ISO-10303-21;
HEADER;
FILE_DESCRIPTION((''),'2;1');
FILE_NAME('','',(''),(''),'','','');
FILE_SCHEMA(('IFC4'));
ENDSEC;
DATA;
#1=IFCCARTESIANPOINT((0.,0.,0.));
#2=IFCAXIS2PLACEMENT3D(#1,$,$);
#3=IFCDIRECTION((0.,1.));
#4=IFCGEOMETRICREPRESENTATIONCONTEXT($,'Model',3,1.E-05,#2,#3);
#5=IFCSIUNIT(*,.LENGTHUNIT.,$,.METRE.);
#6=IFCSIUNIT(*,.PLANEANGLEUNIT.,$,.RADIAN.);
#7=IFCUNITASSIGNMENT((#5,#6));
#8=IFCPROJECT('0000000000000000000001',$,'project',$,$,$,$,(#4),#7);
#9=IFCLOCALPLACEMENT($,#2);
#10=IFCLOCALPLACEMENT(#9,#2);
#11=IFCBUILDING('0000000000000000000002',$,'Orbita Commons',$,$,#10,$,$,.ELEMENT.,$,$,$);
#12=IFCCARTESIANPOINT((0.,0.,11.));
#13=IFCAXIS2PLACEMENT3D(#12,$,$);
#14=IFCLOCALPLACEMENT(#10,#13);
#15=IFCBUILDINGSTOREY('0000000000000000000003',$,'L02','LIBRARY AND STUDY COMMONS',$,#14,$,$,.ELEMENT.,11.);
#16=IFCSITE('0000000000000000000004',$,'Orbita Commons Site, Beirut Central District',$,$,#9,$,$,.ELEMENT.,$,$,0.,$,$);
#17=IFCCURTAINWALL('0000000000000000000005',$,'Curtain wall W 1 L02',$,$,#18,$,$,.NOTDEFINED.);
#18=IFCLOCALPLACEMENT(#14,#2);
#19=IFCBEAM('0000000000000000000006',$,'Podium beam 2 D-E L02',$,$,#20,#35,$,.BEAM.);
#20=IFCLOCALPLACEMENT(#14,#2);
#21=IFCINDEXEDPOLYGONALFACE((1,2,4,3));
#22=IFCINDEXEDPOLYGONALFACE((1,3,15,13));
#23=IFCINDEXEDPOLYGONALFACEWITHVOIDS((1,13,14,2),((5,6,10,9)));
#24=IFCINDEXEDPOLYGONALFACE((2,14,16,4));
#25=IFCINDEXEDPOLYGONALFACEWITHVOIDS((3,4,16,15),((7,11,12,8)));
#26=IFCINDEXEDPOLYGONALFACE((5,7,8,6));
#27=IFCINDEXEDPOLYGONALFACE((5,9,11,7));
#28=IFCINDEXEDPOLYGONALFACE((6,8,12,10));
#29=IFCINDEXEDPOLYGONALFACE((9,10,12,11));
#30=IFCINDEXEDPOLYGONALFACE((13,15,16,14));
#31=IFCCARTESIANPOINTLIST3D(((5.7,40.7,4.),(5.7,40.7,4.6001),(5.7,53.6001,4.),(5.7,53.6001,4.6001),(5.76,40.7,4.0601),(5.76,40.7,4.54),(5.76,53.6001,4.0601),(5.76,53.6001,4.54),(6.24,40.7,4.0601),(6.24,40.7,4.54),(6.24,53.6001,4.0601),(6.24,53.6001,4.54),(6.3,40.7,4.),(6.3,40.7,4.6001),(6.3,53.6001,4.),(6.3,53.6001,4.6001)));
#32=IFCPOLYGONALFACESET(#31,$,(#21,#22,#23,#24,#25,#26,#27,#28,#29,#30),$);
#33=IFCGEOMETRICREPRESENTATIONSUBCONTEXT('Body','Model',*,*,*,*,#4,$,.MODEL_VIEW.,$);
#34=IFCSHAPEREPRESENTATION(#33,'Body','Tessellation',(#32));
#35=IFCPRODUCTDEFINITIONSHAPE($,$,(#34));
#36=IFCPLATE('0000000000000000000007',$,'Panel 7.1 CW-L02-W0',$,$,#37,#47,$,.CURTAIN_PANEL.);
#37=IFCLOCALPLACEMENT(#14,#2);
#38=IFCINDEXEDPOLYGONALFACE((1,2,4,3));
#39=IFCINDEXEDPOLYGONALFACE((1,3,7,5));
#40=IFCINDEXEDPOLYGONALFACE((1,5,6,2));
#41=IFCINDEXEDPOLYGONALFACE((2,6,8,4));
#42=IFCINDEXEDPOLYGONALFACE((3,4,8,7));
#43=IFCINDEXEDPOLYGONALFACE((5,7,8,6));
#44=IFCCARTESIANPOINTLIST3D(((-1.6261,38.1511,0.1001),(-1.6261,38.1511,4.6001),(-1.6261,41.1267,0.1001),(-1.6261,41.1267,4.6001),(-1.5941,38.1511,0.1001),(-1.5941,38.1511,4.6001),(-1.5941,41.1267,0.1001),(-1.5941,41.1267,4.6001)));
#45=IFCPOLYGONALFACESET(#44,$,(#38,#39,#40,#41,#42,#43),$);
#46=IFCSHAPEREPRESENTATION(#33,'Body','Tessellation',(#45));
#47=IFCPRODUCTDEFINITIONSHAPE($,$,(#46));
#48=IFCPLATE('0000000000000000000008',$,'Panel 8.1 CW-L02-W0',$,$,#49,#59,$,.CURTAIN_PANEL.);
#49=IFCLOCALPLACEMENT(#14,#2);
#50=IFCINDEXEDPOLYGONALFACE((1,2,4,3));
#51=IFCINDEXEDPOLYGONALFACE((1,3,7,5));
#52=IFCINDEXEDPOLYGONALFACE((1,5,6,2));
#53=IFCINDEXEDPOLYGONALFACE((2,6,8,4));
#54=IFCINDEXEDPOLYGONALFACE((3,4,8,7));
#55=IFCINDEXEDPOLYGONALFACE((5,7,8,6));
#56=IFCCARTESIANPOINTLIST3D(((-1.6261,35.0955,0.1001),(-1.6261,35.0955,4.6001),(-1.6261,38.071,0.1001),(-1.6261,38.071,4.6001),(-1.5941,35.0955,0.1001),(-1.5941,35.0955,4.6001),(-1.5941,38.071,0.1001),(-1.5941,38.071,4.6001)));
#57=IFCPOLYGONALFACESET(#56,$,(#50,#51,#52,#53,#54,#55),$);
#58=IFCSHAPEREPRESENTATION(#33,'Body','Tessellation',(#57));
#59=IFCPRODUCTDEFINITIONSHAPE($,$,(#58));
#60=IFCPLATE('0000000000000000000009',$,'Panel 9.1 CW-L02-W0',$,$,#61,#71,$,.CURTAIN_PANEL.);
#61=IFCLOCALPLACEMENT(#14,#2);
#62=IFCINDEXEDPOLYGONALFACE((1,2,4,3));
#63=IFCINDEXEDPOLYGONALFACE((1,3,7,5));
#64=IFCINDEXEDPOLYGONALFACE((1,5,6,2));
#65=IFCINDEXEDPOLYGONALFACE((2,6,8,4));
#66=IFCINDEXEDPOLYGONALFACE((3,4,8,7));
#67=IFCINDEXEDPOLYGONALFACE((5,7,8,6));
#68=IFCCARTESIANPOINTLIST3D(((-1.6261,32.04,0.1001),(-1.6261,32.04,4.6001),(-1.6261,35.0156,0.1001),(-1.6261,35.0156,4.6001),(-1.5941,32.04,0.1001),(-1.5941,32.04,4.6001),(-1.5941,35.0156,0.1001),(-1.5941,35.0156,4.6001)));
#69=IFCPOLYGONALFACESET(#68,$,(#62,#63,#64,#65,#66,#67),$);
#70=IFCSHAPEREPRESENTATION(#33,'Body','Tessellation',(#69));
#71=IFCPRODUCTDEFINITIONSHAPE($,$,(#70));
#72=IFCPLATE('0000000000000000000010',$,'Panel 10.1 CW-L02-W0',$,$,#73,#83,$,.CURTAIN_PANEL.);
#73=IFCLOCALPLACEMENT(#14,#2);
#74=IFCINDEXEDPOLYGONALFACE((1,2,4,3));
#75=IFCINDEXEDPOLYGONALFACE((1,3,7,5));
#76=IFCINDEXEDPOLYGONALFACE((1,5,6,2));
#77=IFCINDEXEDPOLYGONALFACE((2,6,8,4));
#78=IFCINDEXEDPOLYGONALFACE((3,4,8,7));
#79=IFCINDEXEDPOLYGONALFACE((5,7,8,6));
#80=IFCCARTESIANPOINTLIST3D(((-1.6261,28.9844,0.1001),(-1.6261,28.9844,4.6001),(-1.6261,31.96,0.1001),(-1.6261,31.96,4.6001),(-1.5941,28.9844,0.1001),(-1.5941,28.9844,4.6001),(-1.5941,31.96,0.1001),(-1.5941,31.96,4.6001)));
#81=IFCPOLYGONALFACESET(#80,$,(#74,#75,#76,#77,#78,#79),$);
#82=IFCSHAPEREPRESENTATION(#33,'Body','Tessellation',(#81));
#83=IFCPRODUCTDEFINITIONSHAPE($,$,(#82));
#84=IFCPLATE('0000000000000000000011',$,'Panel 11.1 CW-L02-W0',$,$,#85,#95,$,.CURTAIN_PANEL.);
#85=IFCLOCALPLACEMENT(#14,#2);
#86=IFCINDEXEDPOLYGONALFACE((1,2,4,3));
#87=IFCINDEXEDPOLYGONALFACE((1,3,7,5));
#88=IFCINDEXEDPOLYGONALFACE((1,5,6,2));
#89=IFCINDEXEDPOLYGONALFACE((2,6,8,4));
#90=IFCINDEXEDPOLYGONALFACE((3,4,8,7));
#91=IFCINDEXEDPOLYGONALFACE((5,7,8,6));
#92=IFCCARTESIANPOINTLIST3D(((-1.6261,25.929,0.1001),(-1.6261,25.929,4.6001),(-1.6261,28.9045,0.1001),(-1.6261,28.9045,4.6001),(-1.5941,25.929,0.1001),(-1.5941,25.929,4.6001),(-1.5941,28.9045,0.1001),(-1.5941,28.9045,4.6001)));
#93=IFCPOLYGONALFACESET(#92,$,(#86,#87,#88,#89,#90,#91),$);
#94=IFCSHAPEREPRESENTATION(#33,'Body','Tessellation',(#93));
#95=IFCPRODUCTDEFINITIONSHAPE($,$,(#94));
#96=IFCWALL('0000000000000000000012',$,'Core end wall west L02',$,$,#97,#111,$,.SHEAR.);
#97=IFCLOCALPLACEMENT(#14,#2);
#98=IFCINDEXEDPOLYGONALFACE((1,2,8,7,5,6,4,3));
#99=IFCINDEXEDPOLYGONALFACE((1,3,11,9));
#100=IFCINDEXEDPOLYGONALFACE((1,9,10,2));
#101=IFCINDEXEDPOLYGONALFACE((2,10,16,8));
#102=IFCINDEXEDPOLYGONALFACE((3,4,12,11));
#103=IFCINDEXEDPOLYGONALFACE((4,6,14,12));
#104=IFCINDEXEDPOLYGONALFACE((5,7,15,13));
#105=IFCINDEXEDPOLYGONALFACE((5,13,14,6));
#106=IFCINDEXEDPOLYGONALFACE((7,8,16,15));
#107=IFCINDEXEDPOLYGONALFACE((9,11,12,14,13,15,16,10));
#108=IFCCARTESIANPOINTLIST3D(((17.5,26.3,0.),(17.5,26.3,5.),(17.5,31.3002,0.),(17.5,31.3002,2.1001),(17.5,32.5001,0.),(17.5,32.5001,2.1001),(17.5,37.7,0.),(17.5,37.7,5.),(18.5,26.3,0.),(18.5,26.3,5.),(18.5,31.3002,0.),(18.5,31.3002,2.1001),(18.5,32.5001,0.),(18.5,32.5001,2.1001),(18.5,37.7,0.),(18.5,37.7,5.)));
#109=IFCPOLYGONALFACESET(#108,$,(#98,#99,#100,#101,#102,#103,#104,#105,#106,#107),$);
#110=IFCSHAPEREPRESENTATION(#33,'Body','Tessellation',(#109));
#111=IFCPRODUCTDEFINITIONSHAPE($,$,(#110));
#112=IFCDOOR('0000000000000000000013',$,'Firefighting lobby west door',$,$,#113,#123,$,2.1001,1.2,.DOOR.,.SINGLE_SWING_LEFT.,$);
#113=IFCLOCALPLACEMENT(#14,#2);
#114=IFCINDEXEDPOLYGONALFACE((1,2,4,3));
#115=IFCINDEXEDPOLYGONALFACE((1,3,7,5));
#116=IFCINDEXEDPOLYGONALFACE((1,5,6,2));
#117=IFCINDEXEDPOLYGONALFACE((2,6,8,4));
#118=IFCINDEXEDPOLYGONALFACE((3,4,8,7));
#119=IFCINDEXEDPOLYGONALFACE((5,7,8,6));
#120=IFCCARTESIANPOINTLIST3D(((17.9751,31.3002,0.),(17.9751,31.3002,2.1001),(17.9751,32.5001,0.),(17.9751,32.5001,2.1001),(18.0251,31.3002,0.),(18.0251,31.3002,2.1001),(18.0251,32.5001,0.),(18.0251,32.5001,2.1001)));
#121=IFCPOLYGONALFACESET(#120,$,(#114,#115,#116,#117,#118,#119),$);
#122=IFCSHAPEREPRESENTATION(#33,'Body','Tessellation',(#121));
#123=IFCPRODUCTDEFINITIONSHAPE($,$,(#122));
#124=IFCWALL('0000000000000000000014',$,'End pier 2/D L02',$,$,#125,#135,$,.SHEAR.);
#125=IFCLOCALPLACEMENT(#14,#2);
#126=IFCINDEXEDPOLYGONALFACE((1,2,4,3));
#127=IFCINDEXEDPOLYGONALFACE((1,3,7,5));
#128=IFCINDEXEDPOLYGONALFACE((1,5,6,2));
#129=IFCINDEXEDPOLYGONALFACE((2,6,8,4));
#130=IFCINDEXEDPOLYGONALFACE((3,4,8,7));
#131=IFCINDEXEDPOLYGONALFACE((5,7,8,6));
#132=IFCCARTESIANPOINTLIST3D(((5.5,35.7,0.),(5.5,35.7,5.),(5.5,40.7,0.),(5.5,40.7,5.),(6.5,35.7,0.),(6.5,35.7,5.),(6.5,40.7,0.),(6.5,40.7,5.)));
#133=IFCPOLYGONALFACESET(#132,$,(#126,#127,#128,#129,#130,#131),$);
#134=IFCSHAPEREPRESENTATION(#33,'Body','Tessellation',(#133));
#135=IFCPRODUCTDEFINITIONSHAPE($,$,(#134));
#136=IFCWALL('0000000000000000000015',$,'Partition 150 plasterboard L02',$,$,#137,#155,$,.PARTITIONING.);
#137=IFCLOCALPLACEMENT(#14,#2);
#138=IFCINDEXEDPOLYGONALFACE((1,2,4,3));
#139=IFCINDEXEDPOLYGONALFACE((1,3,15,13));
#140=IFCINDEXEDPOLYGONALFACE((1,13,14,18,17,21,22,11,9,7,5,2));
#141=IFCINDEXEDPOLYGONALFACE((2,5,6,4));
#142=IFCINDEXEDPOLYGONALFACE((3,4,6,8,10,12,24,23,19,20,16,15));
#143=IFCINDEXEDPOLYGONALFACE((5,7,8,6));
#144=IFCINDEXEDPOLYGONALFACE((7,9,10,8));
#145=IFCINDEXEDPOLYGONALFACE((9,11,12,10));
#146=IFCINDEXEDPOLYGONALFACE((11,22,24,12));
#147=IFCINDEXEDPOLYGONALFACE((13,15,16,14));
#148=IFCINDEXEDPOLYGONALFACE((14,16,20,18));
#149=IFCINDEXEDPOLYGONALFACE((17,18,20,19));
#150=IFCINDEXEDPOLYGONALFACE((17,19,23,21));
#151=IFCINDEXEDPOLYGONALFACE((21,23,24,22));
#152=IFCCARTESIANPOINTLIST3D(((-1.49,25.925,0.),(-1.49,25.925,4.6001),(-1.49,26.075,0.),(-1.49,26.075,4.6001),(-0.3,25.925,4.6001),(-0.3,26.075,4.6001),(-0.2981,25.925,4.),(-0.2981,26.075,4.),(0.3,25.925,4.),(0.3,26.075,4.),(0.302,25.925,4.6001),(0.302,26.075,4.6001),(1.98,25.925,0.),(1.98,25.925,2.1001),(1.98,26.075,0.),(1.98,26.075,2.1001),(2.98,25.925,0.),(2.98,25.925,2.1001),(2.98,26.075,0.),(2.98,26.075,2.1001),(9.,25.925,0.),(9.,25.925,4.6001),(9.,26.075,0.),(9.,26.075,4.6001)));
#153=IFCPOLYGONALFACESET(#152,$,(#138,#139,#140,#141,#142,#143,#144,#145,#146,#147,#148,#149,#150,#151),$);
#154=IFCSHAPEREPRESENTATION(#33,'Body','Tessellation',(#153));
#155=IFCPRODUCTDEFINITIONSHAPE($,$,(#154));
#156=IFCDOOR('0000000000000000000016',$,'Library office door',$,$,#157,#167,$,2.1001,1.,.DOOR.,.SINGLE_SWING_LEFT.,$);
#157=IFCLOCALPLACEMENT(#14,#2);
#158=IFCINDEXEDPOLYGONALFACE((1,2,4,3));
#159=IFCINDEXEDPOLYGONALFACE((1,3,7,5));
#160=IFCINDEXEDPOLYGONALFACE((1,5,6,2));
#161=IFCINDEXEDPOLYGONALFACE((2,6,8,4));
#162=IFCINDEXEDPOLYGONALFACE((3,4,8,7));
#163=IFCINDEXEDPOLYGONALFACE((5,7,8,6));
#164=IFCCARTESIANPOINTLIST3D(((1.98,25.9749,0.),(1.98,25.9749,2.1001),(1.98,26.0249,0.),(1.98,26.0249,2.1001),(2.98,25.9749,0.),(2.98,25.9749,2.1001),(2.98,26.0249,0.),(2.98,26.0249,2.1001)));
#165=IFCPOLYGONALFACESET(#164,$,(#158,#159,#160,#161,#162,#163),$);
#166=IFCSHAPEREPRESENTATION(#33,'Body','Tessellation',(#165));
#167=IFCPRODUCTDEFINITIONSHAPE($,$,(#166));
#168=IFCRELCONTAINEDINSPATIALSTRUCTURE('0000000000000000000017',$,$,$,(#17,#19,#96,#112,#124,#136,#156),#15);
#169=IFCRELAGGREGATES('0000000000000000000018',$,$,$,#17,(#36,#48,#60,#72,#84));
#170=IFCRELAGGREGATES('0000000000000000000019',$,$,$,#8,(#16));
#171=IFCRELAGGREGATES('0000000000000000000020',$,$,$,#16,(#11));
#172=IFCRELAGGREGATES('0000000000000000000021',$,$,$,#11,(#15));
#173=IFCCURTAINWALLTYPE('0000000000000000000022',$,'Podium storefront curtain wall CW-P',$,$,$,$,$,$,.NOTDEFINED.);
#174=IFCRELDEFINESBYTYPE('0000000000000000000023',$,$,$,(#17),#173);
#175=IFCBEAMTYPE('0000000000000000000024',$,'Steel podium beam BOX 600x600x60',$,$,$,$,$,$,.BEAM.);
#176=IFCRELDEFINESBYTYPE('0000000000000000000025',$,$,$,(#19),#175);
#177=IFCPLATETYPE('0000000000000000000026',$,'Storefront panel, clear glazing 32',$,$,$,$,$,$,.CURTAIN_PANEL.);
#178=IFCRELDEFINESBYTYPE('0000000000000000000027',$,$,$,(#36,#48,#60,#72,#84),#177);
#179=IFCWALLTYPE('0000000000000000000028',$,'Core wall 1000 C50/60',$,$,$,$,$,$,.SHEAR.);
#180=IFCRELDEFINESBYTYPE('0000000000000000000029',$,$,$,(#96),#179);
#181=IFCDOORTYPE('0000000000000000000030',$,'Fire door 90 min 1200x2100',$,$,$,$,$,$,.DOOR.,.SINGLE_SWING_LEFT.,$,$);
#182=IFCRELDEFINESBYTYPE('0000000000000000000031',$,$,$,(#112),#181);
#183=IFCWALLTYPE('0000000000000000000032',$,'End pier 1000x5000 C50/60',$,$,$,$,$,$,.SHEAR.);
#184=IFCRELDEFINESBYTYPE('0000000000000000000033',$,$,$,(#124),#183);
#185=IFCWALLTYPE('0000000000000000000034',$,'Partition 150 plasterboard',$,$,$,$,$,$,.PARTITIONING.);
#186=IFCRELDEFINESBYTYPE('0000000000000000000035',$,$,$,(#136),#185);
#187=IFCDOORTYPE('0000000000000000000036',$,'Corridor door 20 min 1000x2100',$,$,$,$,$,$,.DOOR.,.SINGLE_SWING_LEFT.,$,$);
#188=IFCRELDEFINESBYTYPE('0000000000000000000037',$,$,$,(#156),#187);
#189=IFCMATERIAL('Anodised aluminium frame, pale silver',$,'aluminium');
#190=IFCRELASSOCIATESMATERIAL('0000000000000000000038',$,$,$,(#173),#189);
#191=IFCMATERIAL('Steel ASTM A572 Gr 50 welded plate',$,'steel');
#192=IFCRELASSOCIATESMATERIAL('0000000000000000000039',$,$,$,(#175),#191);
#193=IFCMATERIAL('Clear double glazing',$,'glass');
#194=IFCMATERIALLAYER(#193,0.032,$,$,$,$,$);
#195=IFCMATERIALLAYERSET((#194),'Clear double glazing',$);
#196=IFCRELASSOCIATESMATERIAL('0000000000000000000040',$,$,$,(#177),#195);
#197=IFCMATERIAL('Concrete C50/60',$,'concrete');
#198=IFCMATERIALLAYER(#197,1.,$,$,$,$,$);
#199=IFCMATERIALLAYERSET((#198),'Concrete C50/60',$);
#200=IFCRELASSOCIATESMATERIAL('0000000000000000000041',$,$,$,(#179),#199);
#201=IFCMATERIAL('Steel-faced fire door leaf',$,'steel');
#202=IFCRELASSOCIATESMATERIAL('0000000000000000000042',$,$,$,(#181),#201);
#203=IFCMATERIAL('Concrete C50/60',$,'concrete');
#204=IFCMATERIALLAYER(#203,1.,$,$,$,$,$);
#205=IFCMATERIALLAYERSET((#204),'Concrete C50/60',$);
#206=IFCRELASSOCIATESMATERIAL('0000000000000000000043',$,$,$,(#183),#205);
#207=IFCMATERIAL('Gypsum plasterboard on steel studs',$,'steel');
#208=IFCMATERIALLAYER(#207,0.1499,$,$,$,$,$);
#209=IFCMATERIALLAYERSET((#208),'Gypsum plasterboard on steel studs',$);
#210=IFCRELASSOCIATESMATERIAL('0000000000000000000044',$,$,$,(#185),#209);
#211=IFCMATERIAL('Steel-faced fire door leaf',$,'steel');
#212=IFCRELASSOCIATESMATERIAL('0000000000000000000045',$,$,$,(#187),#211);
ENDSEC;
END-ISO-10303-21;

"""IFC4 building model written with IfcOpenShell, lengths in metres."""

from ifc_helpers import new_model, si_unit, direction, frame, frame_2d, origin, origin_2d, place, context, subcontext, project, spatial, polyline, rectangle, hollow_rectangle, outline, extrude, material, layer, layer_set, material_profile, profile_set, type_object, element, fill, aggregate, save


model = new_model("IFC4")

# Units and contexts
model_context = context("Model", 3, precision=1e-05, world=origin(), true_north=direction((0.0, 1.0)))
body_context = subcontext(model_context, "Body", "Model", "MODEL_VIEW")
ifc_project = project(units=[si_unit("LENGTHUNIT", "METRE"), si_unit("PLANEANGLEUNIT", "RADIAN")], contexts=[model_context])

# Site, building, storey
site_placement = place(None, origin())
site = spatial("IfcSite", under=ifc_project, at=site_placement, Name="Orbita Commons Site, Beirut Central District", CompositionType="ELEMENT", RefElevation=0.0)
building_placement = place(site_placement, origin())
building = spatial("IfcBuilding", under=site, at=building_placement, Name="Orbita Commons", CompositionType="ELEMENT")
storey_placement = place(building_placement, frame((0.0, 0.0, 11.0)))
storey = spatial("IfcBuildingStorey", under=building, at=storey_placement, Name="L02", Description="LIBRARY AND STUDY COMMONS", CompositionType="ELEMENT", Elevation=11.0)

# Curtain wall
ifc_material_1 = material(Name="Anodised aluminium frame, pale silver", Category="aluminium")
curtain_wall_type = type_object("IfcCurtainWallType", Name="Podium storefront curtain wall CW-P", PredefinedType="NOTDEFINED", material=ifc_material_1)
curtain_wall_placement = place(storey_placement, origin())
curtain_wall = element("IfcCurtainWall", 1, at=curtain_wall_placement, inside=storey, type_object=curtain_wall_type, Name="Curtain wall W 1 L02", PredefinedType="NOTDEFINED")

# Beam
ifc_material_2 = material(Name="Steel ASTM A572 Gr 50 welded plate", Category="steel")
ifc_material_profile_1 = material_profile(ifc_material_2, hollow_rectangle(XDim=0.6001, YDim=0.6001, WallThickness=0.0601, at=origin_2d()), Name="BOX 600x600x60")
ifc_profile_set_1 = profile_set([ifc_material_profile_1], Name="Steel ASTM A572 Gr 50 welded plate")
beam_type = type_object("IfcBeamType", Name="Steel podium beam BOX 600x600x60", PredefinedType="BEAM", material=ifc_profile_set_1)
beam_1_placement = place(storey_placement, frame((6.0, 40.7, 4.3), z_axis=(0.0, 1.0, 0.0), x_axis=(-1.0, 0.0, 0.0)))
element("IfcBeam", 2, at=beam_1_placement, inside=storey, type_object=beam_type, Name="Podium beam 2 D-E L02", PredefinedType="BEAM", context=body_context, shape_type="SweptSolid", body=[
    extrude(hollow_rectangle(XDim=0.6001, YDim=0.6001, WallThickness=0.0601, at=origin_2d()), origin(), (0.0, 0.0, 1.0), 12.9001),
])

# Plates
ifc_material_3 = material(Name="Clear double glazing", Category="glass")
ifc_layer_1 = layer(ifc_material_3, 0.032)
ifc_layer_set_1 = layer_set([ifc_layer_1], Name="Clear double glazing")
plate_type = type_object("IfcPlateType", Name="Storefront panel, clear glazing 32", PredefinedType="CURTAIN_PANEL", material=ifc_layer_set_1)
plate_1_placement = place(storey_placement, frame((-1.6101, 39.6389, 0.1001), z_axis=(0.0, 0.0, 1.0), x_axis=(0.0, -1.0, 0.0)))
plate_1 = element("IfcPlate", 3, at=plate_1_placement, type_object=plate_type, Name="Panel 7.1 CW-L02-W0", PredefinedType="CURTAIN_PANEL", context=body_context, shape_type="SweptSolid", body=[
    extrude(rectangle(XDim=2.9756, YDim=0.032, at=origin_2d()), origin(), (0.0, 0.0, 1.0), 4.5),
])
plate_2_placement = place(storey_placement, frame((-1.6101, 36.5833, 0.1001), z_axis=(0.0, 0.0, 1.0), x_axis=(0.0, -1.0, 0.0)))
plate_2 = element("IfcPlate", 4, at=plate_2_placement, type_object=plate_type, Name="Panel 8.1 CW-L02-W0", PredefinedType="CURTAIN_PANEL", context=body_context, shape_type="SweptSolid", body=[
    extrude(rectangle(XDim=2.9756, YDim=0.032, at=origin_2d()), origin(), (0.0, 0.0, 1.0), 4.5),
])
plate_3_placement = place(storey_placement, frame((-1.6101, 33.5278, 0.1001), z_axis=(0.0, 0.0, 1.0), x_axis=(0.0, -1.0, 0.0)))
plate_3 = element("IfcPlate", 5, at=plate_3_placement, type_object=plate_type, Name="Panel 9.1 CW-L02-W0", PredefinedType="CURTAIN_PANEL", context=body_context, shape_type="SweptSolid", body=[
    extrude(rectangle(XDim=2.9756, YDim=0.032, at=origin_2d()), origin(), (0.0, 0.0, 1.0), 4.5),
])
plate_4_placement = place(storey_placement, frame((-1.6101, 30.4722, 0.1001), z_axis=(0.0, 0.0, 1.0), x_axis=(0.0, -1.0, 0.0)))
plate_4 = element("IfcPlate", 6, at=plate_4_placement, type_object=plate_type, Name="Panel 10.1 CW-L02-W0", PredefinedType="CURTAIN_PANEL", context=body_context, shape_type="SweptSolid", body=[
    extrude(rectangle(XDim=2.9756, YDim=0.032, at=origin_2d()), origin(), (0.0, 0.0, 1.0), 4.5),
])
plate_5_placement = place(storey_placement, frame((-1.6101, 27.4167, 0.1001), z_axis=(0.0, 0.0, 1.0), x_axis=(0.0, -1.0, 0.0)))
plate_5 = element("IfcPlate", 7, at=plate_5_placement, type_object=plate_type, Name="Panel 11.1 CW-L02-W0", PredefinedType="CURTAIN_PANEL", context=body_context, shape_type="SweptSolid", body=[
    extrude(rectangle(XDim=2.9756, YDim=0.032, at=origin_2d()), origin(), (0.0, 0.0, 1.0), 4.5),
])
aggregate(curtain_wall, [plate_1, plate_2, plate_3, plate_4, plate_5])

# Wall, opening, door
ifc_material_4 = material(Name="Concrete C50/60", Category="concrete")
ifc_layer_2 = layer(ifc_material_4, 1.0)
ifc_layer_set_2 = layer_set([ifc_layer_2], Name="Concrete C50/60")
wall_type_1 = type_object("IfcWallType", Name="Core wall 1000 C50/60", PredefinedType="SHEAR", material=ifc_layer_set_2)
wall_1_placement = place(storey_placement, frame((18.0, 26.3, 0.0), z_axis=(0.0, 0.0, 1.0), x_axis=(0.0, 1.0, 0.0)))
wall_1 = element("IfcWall", 8, at=wall_1_placement, inside=storey, type_object=wall_type_1, Name="Core end wall west L02", PredefinedType="SHEAR", context=body_context, shape_type="SweptSolid", body=[
    extrude(rectangle(XDim=11.3999, YDim=1.0, at=frame_2d((5.7, 0.0))), origin(), (0.0, 0.0, 1.0), 5.0),
])
opening_1_placement = place(wall_1_placement, frame((5.0, 0.0, 0.0)))
opening_1 = element("IfcOpeningElement", 9, at=opening_1_placement, cuts=wall_1, PredefinedType="OPENING", context=body_context, shape_type="SweptSolid", body=[
    extrude(rectangle(XDim=1.2, YDim=2.1001, at=frame_2d((0.6001, 1.05))), frame((0.0, 0.51, 0.0), z_axis=(0.0, -1.0, 0.0), x_axis=(1.0, 0.0, 0.0)), (0.0, 0.0, 1.0), 1.02),
])
ifc_material_5 = material(Name="Steel-faced fire door leaf", Category="steel")
door_type_1 = type_object("IfcDoorType", Name="Fire door 90 min 1200x2100", OperationType="SINGLE_SWING_LEFT", PredefinedType="DOOR", material=ifc_material_5)
door_1_placement = place(opening_1_placement, origin())
door_1 = element("IfcDoor", 10, at=door_1_placement, inside=storey, type_object=door_type_1, Name="Firefighting lobby west door", OperationType="SINGLE_SWING_LEFT", OverallHeight=2.1001, OverallWidth=1.2, PredefinedType="DOOR", context=body_context, shape_type="SweptSolid", body=[
    extrude(rectangle(XDim=1.2, YDim=2.1001, at=frame_2d((0.6001, 1.05))), frame((0.0, 0.0249, 0.0), z_axis=(0.0, -1.0, 0.0), x_axis=(1.0, 0.0, 0.0)), (0.0, 0.0, 1.0), 0.05),
])
fill(opening_1, door_1)

# Wall
ifc_material_6 = material(Name="Concrete C50/60", Category="concrete")
ifc_layer_3 = layer(ifc_material_6, 1.0)
ifc_layer_set_3 = layer_set([ifc_layer_3], Name="Concrete C50/60")
wall_type_2 = type_object("IfcWallType", Name="End pier 1000x5000 C50/60", PredefinedType="SHEAR", material=ifc_layer_set_3)
wall_2_placement = place(storey_placement, frame((6.0, 35.7, 0.0), z_axis=(0.0, 0.0, 1.0), x_axis=(0.0, 1.0, 0.0)))
element("IfcWall", 11, at=wall_2_placement, inside=storey, type_object=wall_type_2, Name="End pier 2/D L02", PredefinedType="SHEAR", context=body_context, shape_type="SweptSolid", body=[
    extrude(rectangle(XDim=5.0, YDim=1.0, at=frame_2d((2.5, 0.0))), origin(), (0.0, 0.0, 1.0), 5.0),
])

# Wall, opening, door
ifc_material_7 = material(Name="Gypsum plasterboard on steel studs", Category="steel")
ifc_layer_4 = layer(ifc_material_7, 0.1499)
ifc_layer_set_4 = layer_set([ifc_layer_4], Name="Gypsum plasterboard on steel studs")
wall_type_3 = type_object("IfcWallType", Name="Partition 150 plasterboard", PredefinedType="PARTITIONING", material=ifc_layer_set_4)
wall_3_placement = place(storey_placement, frame((-1.49, 26.0, 0.0), z_axis=(0.0, 0.0, 1.0), x_axis=(1.0, 0.0, 0.0)))
wall_3 = element("IfcWall", 12, at=wall_3_placement, inside=storey, type_object=wall_type_3, Name="Partition 150 plasterboard L02", PredefinedType="PARTITIONING", context=body_context, shape_type="SweptSolid", body=[
    extrude(outline(polyline([(0.0, 0.0), (10.49, 0.0), (10.49, 4.6001), (1.792, 4.6001), (1.79, 4.0), (1.1919, 4.0), (1.1899, 4.6001), (0.0, 4.6001), (0.0, 0.0)])), frame((0.0, 0.075, 0.0), z_axis=(0.0, -1.0, 0.0), x_axis=(1.0, 0.0, 0.0)), (0.0, 0.0, 1.0), 0.1499),
])
opening_2_placement = place(wall_3_placement, frame((3.47, 0.0, 0.0)))
opening_2 = element("IfcOpeningElement", 13, at=opening_2_placement, cuts=wall_3, PredefinedType="OPENING", context=body_context, shape_type="SweptSolid", body=[
    extrude(rectangle(XDim=1.0, YDim=2.1001, at=frame_2d((0.5, 1.05))), frame((0.0, 0.085, 0.0), z_axis=(0.0, -1.0, 0.0), x_axis=(1.0, 0.0, 0.0)), (0.0, 0.0, 1.0), 0.1699),
])
ifc_material_8 = material(Name="Steel-faced fire door leaf", Category="steel")
door_type_2 = type_object("IfcDoorType", Name="Corridor door 20 min 1000x2100", OperationType="SINGLE_SWING_LEFT", PredefinedType="DOOR", material=ifc_material_8)
door_2_placement = place(opening_2_placement, origin())
door_2 = element("IfcDoor", 14, at=door_2_placement, inside=storey, type_object=door_type_2, Name="Library office door", OperationType="SINGLE_SWING_LEFT", OverallHeight=2.1001, OverallWidth=1.0, PredefinedType="DOOR", context=body_context, shape_type="SweptSolid", body=[
    extrude(rectangle(XDim=1.0, YDim=2.1001, at=frame_2d((0.5, 1.05))), frame((0.0, 0.0249, 0.0), z_axis=(0.0, -1.0, 0.0), x_axis=(1.0, 0.0, 0.0)), (0.0, 0.0, 1.0), 0.05),
])
fill(opening_2, door_2)

save(model, "model.ifc")
